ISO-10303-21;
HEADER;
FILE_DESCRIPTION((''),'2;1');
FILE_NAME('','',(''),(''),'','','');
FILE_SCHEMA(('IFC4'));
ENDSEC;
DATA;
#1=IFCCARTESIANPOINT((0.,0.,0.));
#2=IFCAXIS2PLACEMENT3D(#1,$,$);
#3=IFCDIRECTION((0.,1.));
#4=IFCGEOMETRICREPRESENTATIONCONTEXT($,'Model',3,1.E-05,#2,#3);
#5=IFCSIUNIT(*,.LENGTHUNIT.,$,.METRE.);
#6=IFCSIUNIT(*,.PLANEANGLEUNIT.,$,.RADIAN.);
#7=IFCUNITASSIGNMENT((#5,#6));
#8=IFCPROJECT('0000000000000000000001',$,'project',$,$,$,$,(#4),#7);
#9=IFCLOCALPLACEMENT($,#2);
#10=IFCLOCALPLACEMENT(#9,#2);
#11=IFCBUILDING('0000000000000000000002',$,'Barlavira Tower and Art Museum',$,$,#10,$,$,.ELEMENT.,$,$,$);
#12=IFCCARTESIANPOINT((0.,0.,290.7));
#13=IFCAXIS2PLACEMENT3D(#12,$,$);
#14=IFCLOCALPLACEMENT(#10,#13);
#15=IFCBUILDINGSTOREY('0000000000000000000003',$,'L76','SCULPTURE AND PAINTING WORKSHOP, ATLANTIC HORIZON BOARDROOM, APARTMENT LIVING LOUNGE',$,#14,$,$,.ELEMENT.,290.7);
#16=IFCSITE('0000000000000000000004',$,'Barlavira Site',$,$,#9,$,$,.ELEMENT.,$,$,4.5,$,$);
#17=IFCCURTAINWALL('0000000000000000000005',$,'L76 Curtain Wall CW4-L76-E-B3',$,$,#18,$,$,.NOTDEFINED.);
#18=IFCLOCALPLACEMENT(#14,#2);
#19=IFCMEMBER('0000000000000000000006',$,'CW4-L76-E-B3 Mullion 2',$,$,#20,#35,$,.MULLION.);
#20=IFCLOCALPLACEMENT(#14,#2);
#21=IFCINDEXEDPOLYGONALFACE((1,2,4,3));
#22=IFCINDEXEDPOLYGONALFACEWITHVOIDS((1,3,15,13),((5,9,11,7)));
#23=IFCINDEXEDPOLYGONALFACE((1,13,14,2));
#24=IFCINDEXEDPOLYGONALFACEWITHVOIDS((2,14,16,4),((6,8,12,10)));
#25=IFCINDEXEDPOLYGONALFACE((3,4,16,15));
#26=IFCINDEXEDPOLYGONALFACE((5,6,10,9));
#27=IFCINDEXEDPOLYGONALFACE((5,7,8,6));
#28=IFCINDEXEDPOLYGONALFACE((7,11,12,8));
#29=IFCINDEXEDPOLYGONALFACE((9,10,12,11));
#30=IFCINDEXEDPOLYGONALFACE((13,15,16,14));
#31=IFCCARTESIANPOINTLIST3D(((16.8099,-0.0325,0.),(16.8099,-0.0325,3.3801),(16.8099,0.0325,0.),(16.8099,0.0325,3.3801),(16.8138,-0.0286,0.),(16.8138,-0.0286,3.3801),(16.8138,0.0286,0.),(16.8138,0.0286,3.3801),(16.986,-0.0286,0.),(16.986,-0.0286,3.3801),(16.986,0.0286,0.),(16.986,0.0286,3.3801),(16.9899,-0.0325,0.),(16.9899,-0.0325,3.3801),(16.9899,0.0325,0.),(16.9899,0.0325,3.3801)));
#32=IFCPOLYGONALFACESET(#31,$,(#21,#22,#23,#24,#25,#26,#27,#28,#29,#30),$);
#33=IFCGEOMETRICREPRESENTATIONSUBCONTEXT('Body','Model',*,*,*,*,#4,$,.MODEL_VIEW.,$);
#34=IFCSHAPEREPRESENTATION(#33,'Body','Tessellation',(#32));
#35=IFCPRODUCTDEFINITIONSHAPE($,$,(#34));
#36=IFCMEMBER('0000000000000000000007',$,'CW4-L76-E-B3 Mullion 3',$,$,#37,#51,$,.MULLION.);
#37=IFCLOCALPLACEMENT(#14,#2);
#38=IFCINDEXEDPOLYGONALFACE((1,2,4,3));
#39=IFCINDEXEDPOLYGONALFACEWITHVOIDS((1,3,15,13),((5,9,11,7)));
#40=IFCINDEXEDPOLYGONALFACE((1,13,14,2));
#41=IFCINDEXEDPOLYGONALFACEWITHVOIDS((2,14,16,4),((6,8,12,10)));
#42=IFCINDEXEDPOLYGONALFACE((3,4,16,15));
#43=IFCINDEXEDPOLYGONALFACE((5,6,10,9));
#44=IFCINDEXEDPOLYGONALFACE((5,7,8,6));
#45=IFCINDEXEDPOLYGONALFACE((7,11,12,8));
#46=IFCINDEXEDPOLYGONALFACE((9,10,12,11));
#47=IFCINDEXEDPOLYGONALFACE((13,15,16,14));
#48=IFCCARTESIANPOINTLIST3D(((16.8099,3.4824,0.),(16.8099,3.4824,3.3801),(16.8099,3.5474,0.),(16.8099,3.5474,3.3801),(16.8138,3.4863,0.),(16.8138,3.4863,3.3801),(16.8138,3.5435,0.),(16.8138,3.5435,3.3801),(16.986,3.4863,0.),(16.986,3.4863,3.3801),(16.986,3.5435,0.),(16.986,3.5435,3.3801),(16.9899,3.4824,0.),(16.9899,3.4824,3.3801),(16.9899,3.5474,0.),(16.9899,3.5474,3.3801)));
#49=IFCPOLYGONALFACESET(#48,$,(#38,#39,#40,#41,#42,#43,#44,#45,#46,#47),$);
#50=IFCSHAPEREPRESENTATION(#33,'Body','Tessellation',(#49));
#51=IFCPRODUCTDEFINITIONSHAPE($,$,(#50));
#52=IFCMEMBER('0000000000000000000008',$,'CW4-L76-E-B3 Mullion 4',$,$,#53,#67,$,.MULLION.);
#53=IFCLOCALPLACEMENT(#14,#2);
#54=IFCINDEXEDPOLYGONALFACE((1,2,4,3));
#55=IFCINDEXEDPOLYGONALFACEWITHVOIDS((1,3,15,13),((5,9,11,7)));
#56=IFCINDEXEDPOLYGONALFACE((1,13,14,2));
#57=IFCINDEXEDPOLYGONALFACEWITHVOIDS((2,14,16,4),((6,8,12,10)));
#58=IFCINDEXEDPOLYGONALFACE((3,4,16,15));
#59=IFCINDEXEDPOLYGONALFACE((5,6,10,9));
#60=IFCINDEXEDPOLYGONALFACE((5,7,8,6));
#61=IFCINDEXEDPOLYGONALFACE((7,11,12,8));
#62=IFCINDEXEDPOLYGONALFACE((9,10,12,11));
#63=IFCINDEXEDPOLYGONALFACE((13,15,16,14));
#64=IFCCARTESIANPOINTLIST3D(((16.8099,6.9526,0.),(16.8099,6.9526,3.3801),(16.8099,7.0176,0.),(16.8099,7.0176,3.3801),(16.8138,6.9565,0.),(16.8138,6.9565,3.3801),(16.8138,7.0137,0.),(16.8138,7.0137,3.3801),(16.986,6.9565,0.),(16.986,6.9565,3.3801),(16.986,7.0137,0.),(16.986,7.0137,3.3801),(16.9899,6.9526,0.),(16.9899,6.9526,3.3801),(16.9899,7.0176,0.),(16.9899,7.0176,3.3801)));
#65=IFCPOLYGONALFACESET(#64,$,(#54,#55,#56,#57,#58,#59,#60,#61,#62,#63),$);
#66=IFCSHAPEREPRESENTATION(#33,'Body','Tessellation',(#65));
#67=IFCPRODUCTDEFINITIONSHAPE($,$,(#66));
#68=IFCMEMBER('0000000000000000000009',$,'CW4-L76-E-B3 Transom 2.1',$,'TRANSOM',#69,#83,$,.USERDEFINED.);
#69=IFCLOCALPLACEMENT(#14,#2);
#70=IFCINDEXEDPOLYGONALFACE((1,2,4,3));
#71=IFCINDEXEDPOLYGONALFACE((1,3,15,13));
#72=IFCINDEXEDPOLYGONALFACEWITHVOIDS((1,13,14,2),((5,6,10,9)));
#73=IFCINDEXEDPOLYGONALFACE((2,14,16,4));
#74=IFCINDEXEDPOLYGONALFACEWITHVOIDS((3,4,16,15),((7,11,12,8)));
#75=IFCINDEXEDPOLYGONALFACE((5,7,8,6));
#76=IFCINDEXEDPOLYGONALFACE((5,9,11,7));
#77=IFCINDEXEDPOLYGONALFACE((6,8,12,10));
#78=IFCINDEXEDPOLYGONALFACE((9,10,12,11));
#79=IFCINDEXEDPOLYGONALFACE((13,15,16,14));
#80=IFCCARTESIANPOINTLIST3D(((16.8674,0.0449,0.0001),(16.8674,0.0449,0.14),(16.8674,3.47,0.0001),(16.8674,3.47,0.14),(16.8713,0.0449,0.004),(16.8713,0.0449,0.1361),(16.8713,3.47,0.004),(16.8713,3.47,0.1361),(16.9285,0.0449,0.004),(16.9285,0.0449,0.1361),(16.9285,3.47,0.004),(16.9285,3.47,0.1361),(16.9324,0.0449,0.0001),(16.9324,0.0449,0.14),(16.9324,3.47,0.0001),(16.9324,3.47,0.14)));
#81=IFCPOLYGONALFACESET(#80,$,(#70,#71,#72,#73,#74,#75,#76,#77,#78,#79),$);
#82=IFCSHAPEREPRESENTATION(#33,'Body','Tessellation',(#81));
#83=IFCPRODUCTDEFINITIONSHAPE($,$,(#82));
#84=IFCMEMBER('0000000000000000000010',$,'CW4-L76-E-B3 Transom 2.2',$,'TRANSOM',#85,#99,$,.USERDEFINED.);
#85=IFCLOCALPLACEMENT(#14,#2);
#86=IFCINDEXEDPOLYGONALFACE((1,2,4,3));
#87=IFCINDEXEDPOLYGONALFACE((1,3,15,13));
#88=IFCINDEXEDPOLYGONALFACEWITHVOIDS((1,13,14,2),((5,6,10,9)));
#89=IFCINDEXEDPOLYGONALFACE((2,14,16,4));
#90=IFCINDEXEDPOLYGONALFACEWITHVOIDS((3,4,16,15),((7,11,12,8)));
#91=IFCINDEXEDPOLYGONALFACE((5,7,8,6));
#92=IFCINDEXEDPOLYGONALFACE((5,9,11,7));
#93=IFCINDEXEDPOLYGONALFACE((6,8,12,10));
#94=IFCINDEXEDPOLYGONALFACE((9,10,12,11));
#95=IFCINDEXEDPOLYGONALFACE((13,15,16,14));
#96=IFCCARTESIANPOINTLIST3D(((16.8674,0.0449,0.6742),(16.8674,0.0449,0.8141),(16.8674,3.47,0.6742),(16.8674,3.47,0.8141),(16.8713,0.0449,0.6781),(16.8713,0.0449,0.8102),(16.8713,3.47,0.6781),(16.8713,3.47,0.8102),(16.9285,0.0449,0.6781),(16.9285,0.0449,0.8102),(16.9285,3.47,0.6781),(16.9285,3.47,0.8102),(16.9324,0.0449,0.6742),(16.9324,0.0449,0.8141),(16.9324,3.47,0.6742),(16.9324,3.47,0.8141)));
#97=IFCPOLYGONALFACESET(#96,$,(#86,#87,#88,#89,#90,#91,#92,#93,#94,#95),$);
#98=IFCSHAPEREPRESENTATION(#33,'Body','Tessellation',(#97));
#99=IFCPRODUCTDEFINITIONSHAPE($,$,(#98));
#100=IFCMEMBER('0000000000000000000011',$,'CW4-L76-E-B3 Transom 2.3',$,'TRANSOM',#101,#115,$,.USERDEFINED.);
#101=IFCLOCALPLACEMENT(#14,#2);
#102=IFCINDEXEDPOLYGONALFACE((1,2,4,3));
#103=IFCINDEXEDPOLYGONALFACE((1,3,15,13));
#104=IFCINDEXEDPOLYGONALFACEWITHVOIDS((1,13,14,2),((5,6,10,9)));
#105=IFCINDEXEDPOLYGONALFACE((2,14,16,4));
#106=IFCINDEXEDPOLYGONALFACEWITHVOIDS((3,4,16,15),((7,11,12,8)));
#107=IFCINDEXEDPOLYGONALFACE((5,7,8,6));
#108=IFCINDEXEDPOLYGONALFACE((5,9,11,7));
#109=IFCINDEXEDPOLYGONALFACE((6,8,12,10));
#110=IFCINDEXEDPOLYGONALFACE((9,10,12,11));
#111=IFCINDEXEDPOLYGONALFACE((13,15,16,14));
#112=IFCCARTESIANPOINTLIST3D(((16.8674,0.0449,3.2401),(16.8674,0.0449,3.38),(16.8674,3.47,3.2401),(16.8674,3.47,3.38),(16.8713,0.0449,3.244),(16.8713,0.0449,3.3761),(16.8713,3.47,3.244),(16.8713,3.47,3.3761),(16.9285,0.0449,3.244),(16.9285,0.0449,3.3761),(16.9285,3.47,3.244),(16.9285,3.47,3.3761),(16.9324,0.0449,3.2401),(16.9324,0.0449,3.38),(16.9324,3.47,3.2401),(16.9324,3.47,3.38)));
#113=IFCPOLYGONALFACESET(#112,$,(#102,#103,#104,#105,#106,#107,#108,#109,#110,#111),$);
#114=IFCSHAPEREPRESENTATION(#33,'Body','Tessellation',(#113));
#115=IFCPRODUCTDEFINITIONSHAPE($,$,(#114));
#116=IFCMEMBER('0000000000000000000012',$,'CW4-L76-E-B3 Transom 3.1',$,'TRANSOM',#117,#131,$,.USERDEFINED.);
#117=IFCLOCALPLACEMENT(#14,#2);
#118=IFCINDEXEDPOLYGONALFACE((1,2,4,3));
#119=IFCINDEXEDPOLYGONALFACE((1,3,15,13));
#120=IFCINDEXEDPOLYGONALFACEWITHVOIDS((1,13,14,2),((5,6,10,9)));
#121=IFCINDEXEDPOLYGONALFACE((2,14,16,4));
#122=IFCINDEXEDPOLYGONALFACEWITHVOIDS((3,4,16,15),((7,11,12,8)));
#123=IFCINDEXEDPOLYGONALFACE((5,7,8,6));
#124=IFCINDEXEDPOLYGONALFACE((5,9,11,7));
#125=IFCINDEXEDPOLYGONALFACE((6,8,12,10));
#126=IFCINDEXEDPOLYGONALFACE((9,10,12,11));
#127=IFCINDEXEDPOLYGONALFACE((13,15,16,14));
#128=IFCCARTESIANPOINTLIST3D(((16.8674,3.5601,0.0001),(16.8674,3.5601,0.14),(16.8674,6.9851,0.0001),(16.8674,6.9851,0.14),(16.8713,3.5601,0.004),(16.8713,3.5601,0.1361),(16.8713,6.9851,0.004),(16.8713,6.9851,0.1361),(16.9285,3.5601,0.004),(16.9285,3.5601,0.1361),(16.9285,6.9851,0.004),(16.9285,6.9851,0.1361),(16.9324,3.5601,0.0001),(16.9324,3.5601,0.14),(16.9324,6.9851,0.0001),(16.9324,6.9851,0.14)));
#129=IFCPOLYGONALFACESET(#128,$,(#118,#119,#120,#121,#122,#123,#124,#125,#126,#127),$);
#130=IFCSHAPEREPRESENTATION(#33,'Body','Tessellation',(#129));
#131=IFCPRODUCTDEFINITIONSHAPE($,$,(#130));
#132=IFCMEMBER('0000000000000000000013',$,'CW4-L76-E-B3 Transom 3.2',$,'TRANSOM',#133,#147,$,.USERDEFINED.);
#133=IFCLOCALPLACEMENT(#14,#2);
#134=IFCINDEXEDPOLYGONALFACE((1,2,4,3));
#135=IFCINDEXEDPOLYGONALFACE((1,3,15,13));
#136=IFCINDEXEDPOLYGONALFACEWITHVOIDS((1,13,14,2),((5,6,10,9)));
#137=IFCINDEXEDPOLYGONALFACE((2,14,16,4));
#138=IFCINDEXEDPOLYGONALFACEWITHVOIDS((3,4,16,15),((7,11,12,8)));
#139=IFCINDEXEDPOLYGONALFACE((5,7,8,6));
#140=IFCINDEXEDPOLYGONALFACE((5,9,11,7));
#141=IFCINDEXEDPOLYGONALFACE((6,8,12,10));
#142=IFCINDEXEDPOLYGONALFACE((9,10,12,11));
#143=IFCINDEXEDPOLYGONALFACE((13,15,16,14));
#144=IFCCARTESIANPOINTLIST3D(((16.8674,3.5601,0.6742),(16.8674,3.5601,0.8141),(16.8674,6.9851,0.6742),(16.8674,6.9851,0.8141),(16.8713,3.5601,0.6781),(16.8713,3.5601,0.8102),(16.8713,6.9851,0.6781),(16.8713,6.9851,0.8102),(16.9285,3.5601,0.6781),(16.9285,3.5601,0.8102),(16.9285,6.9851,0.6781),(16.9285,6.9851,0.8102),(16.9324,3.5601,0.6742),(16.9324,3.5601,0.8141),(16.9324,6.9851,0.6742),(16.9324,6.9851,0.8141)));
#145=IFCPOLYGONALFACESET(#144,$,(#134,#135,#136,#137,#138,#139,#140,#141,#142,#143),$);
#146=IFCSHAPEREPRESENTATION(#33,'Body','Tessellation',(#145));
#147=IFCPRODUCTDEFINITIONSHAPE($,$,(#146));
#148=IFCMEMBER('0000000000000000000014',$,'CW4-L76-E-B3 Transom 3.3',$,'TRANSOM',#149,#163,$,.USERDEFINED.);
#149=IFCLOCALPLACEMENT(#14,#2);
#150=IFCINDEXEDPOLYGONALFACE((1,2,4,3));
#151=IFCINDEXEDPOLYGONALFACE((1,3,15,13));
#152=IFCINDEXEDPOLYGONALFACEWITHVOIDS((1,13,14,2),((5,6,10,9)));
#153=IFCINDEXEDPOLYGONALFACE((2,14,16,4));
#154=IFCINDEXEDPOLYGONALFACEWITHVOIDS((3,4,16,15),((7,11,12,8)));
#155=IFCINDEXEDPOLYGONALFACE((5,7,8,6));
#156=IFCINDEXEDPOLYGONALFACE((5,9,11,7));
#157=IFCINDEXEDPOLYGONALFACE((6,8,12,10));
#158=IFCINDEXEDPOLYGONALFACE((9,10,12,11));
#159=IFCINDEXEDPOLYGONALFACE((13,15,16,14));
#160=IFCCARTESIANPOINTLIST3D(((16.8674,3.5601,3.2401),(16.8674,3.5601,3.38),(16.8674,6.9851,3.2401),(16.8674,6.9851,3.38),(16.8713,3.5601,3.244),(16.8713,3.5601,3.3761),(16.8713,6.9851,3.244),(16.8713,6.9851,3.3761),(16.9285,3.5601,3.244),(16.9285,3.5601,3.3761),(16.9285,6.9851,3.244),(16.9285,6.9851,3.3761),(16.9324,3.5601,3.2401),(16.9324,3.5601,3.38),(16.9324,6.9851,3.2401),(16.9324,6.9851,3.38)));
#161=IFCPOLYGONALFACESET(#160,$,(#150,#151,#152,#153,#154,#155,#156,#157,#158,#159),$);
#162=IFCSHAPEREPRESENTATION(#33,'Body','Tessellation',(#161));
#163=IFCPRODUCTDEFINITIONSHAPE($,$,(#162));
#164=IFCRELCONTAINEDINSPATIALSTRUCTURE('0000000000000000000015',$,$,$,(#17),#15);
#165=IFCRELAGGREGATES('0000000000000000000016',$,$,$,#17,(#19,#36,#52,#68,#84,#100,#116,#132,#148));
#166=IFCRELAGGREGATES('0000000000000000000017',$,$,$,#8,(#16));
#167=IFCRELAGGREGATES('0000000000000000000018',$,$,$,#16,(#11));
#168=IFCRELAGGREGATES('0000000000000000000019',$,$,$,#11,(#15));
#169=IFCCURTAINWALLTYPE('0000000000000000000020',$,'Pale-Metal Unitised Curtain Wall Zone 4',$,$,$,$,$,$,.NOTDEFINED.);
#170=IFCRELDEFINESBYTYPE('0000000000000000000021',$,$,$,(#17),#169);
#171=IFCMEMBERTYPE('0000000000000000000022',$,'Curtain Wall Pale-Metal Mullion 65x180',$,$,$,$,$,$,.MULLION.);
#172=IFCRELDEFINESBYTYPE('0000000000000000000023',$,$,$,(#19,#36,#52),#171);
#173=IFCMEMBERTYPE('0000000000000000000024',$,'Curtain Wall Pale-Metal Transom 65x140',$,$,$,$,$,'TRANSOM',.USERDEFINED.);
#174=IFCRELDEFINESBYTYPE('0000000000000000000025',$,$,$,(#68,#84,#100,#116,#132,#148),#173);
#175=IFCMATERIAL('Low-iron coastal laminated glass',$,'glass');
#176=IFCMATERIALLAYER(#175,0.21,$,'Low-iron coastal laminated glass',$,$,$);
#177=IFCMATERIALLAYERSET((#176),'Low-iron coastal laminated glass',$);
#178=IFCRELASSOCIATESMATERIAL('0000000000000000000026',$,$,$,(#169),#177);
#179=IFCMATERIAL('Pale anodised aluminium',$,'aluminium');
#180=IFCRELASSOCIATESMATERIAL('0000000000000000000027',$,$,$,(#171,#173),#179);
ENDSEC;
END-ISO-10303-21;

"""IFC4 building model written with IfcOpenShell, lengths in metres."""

from ifc_helpers import new_model, si_unit, direction, frame, origin, origin_2d, place, context, subcontext, project, spatial, hollow_rectangle, extrude, material, layer, layer_set, material_profile, profile_set, type_object, element, aggregate, save


model = new_model("IFC4")

# Units and contexts
model_context = context("Model", 3, precision=1e-05, world=origin(), true_north=direction((0.0, 1.0)))
body_context = subcontext(model_context, "Body", "Model", "MODEL_VIEW")
ifc_project = project(units=[si_unit("LENGTHUNIT", "METRE"), si_unit("PLANEANGLEUNIT", "RADIAN")], contexts=[model_context])

# Site, building, storey
site_placement = place(None, origin())
site = spatial("IfcSite", under=ifc_project, at=site_placement, Name="Barlavira Site", CompositionType="ELEMENT", RefElevation=4.5)
building_placement = place(site_placement, origin())
building = spatial("IfcBuilding", under=site, at=building_placement, Name="Barlavira Tower and Art Museum", CompositionType="ELEMENT")
storey_placement = place(building_placement, frame((0.0, 0.0, 290.7)))
storey = spatial("IfcBuildingStorey", under=building, at=storey_placement, Name="L76", Description="SCULPTURE AND PAINTING WORKSHOP, ATLANTIC HORIZON BOARDROOM, APARTMENT LIVING LOUNGE", CompositionType="ELEMENT", Elevation=290.7)

# Curtain wall, members
ifc_material_1 = material(Name="Low-iron coastal laminated glass", Category="glass")
ifc_layer_1 = layer(ifc_material_1, 0.21, Name="Low-iron coastal laminated glass")
ifc_layer_set_1 = layer_set([ifc_layer_1], Name="Low-iron coastal laminated glass")
curtain_wall_type = type_object("IfcCurtainWallType", Name="Pale-Metal Unitised Curtain Wall Zone 4", PredefinedType="NOTDEFINED", material=ifc_layer_set_1)
curtain_wall_placement = place(storey_placement, origin())
curtain_wall = element("IfcCurtainWall", 1, at=curtain_wall_placement, inside=storey, type_object=curtain_wall_type, Name="L76 Curtain Wall CW4-L76-E-B3", PredefinedType="NOTDEFINED")
ifc_material_2 = material(Name="Pale anodised aluminium", Category="aluminium")
ifc_material_profile_1 = material_profile(ifc_material_2, hollow_rectangle(XDim=0.0649, YDim=0.1799, WallThickness=0.0039, at=origin_2d()), Name="ALU-MULL 65x180x4")
ifc_profile_set_1 = profile_set([ifc_material_profile_1], Name="Pale anodised aluminium")
member_type_1 = type_object("IfcMemberType", Name="Curtain Wall Pale-Metal Mullion 65x180", PredefinedType="MULLION", material=ifc_profile_set_1)
member_1_placement = place(storey_placement, frame((16.8999, 0.0, 0.0), z_axis=(0.0, 0.0, 1.0), x_axis=(0.0, 1.0, 0.0)))
member_1 = element("IfcMember", 2, at=member_1_placement, type_object=member_type_1, Name="CW4-L76-E-B3 Mullion 2", PredefinedType="MULLION", context=body_context, shape_type="SweptSolid", body=[
    extrude(hollow_rectangle(XDim=0.0649, YDim=0.1799, WallThickness=0.0039, at=origin_2d()), origin(), (0.0, 0.0, 1.0), 3.3801),
])
member_2_placement = place(storey_placement, frame((16.8999, 3.5149, 0.0), z_axis=(0.0, 0.0, 1.0), x_axis=(0.0, 1.0, 0.0)))
member_2 = element("IfcMember", 3, at=member_2_placement, type_object=member_type_1, Name="CW4-L76-E-B3 Mullion 3", PredefinedType="MULLION", context=body_context, shape_type="SweptSolid", body=[
    extrude(hollow_rectangle(XDim=0.0649, YDim=0.1799, WallThickness=0.0039, at=origin_2d()), origin(), (0.0, 0.0, 1.0), 3.3801),
])
member_3_placement = place(storey_placement, frame((16.8999, 6.9851, 0.0), z_axis=(0.0, 0.0, 1.0), x_axis=(0.0, 1.0, 0.0)))
member_3 = element("IfcMember", 4, at=member_3_placement, type_object=member_type_1, Name="CW4-L76-E-B3 Mullion 4", PredefinedType="MULLION", context=body_context, shape_type="SweptSolid", body=[
    extrude(hollow_rectangle(XDim=0.0649, YDim=0.1799, WallThickness=0.0039, at=origin_2d()), origin(), (0.0, 0.0, 1.0), 3.3801),
])
ifc_material_profile_2 = material_profile(ifc_material_2, hollow_rectangle(XDim=0.0649, YDim=0.1399, WallThickness=0.0039, at=origin_2d()), Name="ALU-TRAN 65x140x4")
ifc_profile_set_2 = profile_set([ifc_material_profile_2], Name="Pale anodised aluminium")
member_type_2 = type_object("IfcMemberType", Name="Curtain Wall Pale-Metal Transom 65x140", ElementType="TRANSOM", PredefinedType="USERDEFINED", material=ifc_profile_set_2)
member_4_placement = place(storey_placement, frame((16.8999, 0.0449, 0.0701), z_axis=(0.0, 1.0, 0.0), x_axis=(-1.0, 0.0, 0.0)))
member_4 = element("IfcMember", 5, at=member_4_placement, type_object=member_type_2, Name="CW4-L76-E-B3 Transom 2.1", ObjectType="TRANSOM", PredefinedType="USERDEFINED", context=body_context, shape_type="SweptSolid", body=[
    extrude(hollow_rectangle(XDim=0.0649, YDim=0.1399, WallThickness=0.0039, at=origin_2d()), origin(), (0.0, 0.0, 1.0), 3.425),
])
member_5_placement = place(storey_placement, frame((16.8999, 0.0449, 0.7441), z_axis=(0.0, 1.0, 0.0), x_axis=(-1.0, 0.0, 0.0)))
member_5 = element("IfcMember", 6, at=member_5_placement, type_object=member_type_2, Name="CW4-L76-E-B3 Transom 2.2", ObjectType="TRANSOM", PredefinedType="USERDEFINED", context=body_context, shape_type="SweptSolid", body=[
    extrude(hollow_rectangle(XDim=0.0649, YDim=0.1399, WallThickness=0.0039, at=origin_2d()), origin(), (0.0, 0.0, 1.0), 3.425),
])
member_6_placement = place(storey_placement, frame((16.8999, 0.0449, 3.3101), z_axis=(0.0, 1.0, 0.0), x_axis=(-1.0, 0.0, 0.0)))
member_6 = element("IfcMember", 7, at=member_6_placement, type_object=member_type_2, Name="CW4-L76-E-B3 Transom 2.3", ObjectType="TRANSOM", PredefinedType="USERDEFINED", context=body_context, shape_type="SweptSolid", body=[
    extrude(hollow_rectangle(XDim=0.0649, YDim=0.1399, WallThickness=0.0039, at=origin_2d()), origin(), (0.0, 0.0, 1.0), 3.425),
])
member_7_placement = place(storey_placement, frame((16.8999, 3.5601, 0.0701), z_axis=(0.0, 1.0, 0.0), x_axis=(-1.0, 0.0, 0.0)))
member_7 = element("IfcMember", 8, at=member_7_placement, type_object=member_type_2, Name="CW4-L76-E-B3 Transom 3.1", ObjectType="TRANSOM", PredefinedType="USERDEFINED", context=body_context, shape_type="SweptSolid", body=[
    extrude(hollow_rectangle(XDim=0.0649, YDim=0.1399, WallThickness=0.0039, at=origin_2d()), origin(), (0.0, 0.0, 1.0), 3.425),
])
member_8_placement = place(storey_placement, frame((16.8999, 3.5601, 0.7441), z_axis=(0.0, 1.0, 0.0), x_axis=(-1.0, 0.0, 0.0)))
member_8 = element("IfcMember", 9, at=member_8_placement, type_object=member_type_2, Name="CW4-L76-E-B3 Transom 3.2", ObjectType="TRANSOM", PredefinedType="USERDEFINED", context=body_context, shape_type="SweptSolid", body=[
    extrude(hollow_rectangle(XDim=0.0649, YDim=0.1399, WallThickness=0.0039, at=origin_2d()), origin(), (0.0, 0.0, 1.0), 3.425),
])
member_9_placement = place(storey_placement, frame((16.8999, 3.5601, 3.3101), z_axis=(0.0, 1.0, 0.0), x_axis=(-1.0, 0.0, 0.0)))
member_9 = element("IfcMember", 10, at=member_9_placement, type_object=member_type_2, Name="CW4-L76-E-B3 Transom 3.3", ObjectType="TRANSOM", PredefinedType="USERDEFINED", context=body_context, shape_type="SweptSolid", body=[
    extrude(hollow_rectangle(XDim=0.0649, YDim=0.1399, WallThickness=0.0039, at=origin_2d()), origin(), (0.0, 0.0, 1.0), 3.425),
])

aggregate(curtain_wall, [member_1, member_2, member_3, member_4, member_5, member_6, member_7, member_8, member_9])

save(model, "model.ifc")
